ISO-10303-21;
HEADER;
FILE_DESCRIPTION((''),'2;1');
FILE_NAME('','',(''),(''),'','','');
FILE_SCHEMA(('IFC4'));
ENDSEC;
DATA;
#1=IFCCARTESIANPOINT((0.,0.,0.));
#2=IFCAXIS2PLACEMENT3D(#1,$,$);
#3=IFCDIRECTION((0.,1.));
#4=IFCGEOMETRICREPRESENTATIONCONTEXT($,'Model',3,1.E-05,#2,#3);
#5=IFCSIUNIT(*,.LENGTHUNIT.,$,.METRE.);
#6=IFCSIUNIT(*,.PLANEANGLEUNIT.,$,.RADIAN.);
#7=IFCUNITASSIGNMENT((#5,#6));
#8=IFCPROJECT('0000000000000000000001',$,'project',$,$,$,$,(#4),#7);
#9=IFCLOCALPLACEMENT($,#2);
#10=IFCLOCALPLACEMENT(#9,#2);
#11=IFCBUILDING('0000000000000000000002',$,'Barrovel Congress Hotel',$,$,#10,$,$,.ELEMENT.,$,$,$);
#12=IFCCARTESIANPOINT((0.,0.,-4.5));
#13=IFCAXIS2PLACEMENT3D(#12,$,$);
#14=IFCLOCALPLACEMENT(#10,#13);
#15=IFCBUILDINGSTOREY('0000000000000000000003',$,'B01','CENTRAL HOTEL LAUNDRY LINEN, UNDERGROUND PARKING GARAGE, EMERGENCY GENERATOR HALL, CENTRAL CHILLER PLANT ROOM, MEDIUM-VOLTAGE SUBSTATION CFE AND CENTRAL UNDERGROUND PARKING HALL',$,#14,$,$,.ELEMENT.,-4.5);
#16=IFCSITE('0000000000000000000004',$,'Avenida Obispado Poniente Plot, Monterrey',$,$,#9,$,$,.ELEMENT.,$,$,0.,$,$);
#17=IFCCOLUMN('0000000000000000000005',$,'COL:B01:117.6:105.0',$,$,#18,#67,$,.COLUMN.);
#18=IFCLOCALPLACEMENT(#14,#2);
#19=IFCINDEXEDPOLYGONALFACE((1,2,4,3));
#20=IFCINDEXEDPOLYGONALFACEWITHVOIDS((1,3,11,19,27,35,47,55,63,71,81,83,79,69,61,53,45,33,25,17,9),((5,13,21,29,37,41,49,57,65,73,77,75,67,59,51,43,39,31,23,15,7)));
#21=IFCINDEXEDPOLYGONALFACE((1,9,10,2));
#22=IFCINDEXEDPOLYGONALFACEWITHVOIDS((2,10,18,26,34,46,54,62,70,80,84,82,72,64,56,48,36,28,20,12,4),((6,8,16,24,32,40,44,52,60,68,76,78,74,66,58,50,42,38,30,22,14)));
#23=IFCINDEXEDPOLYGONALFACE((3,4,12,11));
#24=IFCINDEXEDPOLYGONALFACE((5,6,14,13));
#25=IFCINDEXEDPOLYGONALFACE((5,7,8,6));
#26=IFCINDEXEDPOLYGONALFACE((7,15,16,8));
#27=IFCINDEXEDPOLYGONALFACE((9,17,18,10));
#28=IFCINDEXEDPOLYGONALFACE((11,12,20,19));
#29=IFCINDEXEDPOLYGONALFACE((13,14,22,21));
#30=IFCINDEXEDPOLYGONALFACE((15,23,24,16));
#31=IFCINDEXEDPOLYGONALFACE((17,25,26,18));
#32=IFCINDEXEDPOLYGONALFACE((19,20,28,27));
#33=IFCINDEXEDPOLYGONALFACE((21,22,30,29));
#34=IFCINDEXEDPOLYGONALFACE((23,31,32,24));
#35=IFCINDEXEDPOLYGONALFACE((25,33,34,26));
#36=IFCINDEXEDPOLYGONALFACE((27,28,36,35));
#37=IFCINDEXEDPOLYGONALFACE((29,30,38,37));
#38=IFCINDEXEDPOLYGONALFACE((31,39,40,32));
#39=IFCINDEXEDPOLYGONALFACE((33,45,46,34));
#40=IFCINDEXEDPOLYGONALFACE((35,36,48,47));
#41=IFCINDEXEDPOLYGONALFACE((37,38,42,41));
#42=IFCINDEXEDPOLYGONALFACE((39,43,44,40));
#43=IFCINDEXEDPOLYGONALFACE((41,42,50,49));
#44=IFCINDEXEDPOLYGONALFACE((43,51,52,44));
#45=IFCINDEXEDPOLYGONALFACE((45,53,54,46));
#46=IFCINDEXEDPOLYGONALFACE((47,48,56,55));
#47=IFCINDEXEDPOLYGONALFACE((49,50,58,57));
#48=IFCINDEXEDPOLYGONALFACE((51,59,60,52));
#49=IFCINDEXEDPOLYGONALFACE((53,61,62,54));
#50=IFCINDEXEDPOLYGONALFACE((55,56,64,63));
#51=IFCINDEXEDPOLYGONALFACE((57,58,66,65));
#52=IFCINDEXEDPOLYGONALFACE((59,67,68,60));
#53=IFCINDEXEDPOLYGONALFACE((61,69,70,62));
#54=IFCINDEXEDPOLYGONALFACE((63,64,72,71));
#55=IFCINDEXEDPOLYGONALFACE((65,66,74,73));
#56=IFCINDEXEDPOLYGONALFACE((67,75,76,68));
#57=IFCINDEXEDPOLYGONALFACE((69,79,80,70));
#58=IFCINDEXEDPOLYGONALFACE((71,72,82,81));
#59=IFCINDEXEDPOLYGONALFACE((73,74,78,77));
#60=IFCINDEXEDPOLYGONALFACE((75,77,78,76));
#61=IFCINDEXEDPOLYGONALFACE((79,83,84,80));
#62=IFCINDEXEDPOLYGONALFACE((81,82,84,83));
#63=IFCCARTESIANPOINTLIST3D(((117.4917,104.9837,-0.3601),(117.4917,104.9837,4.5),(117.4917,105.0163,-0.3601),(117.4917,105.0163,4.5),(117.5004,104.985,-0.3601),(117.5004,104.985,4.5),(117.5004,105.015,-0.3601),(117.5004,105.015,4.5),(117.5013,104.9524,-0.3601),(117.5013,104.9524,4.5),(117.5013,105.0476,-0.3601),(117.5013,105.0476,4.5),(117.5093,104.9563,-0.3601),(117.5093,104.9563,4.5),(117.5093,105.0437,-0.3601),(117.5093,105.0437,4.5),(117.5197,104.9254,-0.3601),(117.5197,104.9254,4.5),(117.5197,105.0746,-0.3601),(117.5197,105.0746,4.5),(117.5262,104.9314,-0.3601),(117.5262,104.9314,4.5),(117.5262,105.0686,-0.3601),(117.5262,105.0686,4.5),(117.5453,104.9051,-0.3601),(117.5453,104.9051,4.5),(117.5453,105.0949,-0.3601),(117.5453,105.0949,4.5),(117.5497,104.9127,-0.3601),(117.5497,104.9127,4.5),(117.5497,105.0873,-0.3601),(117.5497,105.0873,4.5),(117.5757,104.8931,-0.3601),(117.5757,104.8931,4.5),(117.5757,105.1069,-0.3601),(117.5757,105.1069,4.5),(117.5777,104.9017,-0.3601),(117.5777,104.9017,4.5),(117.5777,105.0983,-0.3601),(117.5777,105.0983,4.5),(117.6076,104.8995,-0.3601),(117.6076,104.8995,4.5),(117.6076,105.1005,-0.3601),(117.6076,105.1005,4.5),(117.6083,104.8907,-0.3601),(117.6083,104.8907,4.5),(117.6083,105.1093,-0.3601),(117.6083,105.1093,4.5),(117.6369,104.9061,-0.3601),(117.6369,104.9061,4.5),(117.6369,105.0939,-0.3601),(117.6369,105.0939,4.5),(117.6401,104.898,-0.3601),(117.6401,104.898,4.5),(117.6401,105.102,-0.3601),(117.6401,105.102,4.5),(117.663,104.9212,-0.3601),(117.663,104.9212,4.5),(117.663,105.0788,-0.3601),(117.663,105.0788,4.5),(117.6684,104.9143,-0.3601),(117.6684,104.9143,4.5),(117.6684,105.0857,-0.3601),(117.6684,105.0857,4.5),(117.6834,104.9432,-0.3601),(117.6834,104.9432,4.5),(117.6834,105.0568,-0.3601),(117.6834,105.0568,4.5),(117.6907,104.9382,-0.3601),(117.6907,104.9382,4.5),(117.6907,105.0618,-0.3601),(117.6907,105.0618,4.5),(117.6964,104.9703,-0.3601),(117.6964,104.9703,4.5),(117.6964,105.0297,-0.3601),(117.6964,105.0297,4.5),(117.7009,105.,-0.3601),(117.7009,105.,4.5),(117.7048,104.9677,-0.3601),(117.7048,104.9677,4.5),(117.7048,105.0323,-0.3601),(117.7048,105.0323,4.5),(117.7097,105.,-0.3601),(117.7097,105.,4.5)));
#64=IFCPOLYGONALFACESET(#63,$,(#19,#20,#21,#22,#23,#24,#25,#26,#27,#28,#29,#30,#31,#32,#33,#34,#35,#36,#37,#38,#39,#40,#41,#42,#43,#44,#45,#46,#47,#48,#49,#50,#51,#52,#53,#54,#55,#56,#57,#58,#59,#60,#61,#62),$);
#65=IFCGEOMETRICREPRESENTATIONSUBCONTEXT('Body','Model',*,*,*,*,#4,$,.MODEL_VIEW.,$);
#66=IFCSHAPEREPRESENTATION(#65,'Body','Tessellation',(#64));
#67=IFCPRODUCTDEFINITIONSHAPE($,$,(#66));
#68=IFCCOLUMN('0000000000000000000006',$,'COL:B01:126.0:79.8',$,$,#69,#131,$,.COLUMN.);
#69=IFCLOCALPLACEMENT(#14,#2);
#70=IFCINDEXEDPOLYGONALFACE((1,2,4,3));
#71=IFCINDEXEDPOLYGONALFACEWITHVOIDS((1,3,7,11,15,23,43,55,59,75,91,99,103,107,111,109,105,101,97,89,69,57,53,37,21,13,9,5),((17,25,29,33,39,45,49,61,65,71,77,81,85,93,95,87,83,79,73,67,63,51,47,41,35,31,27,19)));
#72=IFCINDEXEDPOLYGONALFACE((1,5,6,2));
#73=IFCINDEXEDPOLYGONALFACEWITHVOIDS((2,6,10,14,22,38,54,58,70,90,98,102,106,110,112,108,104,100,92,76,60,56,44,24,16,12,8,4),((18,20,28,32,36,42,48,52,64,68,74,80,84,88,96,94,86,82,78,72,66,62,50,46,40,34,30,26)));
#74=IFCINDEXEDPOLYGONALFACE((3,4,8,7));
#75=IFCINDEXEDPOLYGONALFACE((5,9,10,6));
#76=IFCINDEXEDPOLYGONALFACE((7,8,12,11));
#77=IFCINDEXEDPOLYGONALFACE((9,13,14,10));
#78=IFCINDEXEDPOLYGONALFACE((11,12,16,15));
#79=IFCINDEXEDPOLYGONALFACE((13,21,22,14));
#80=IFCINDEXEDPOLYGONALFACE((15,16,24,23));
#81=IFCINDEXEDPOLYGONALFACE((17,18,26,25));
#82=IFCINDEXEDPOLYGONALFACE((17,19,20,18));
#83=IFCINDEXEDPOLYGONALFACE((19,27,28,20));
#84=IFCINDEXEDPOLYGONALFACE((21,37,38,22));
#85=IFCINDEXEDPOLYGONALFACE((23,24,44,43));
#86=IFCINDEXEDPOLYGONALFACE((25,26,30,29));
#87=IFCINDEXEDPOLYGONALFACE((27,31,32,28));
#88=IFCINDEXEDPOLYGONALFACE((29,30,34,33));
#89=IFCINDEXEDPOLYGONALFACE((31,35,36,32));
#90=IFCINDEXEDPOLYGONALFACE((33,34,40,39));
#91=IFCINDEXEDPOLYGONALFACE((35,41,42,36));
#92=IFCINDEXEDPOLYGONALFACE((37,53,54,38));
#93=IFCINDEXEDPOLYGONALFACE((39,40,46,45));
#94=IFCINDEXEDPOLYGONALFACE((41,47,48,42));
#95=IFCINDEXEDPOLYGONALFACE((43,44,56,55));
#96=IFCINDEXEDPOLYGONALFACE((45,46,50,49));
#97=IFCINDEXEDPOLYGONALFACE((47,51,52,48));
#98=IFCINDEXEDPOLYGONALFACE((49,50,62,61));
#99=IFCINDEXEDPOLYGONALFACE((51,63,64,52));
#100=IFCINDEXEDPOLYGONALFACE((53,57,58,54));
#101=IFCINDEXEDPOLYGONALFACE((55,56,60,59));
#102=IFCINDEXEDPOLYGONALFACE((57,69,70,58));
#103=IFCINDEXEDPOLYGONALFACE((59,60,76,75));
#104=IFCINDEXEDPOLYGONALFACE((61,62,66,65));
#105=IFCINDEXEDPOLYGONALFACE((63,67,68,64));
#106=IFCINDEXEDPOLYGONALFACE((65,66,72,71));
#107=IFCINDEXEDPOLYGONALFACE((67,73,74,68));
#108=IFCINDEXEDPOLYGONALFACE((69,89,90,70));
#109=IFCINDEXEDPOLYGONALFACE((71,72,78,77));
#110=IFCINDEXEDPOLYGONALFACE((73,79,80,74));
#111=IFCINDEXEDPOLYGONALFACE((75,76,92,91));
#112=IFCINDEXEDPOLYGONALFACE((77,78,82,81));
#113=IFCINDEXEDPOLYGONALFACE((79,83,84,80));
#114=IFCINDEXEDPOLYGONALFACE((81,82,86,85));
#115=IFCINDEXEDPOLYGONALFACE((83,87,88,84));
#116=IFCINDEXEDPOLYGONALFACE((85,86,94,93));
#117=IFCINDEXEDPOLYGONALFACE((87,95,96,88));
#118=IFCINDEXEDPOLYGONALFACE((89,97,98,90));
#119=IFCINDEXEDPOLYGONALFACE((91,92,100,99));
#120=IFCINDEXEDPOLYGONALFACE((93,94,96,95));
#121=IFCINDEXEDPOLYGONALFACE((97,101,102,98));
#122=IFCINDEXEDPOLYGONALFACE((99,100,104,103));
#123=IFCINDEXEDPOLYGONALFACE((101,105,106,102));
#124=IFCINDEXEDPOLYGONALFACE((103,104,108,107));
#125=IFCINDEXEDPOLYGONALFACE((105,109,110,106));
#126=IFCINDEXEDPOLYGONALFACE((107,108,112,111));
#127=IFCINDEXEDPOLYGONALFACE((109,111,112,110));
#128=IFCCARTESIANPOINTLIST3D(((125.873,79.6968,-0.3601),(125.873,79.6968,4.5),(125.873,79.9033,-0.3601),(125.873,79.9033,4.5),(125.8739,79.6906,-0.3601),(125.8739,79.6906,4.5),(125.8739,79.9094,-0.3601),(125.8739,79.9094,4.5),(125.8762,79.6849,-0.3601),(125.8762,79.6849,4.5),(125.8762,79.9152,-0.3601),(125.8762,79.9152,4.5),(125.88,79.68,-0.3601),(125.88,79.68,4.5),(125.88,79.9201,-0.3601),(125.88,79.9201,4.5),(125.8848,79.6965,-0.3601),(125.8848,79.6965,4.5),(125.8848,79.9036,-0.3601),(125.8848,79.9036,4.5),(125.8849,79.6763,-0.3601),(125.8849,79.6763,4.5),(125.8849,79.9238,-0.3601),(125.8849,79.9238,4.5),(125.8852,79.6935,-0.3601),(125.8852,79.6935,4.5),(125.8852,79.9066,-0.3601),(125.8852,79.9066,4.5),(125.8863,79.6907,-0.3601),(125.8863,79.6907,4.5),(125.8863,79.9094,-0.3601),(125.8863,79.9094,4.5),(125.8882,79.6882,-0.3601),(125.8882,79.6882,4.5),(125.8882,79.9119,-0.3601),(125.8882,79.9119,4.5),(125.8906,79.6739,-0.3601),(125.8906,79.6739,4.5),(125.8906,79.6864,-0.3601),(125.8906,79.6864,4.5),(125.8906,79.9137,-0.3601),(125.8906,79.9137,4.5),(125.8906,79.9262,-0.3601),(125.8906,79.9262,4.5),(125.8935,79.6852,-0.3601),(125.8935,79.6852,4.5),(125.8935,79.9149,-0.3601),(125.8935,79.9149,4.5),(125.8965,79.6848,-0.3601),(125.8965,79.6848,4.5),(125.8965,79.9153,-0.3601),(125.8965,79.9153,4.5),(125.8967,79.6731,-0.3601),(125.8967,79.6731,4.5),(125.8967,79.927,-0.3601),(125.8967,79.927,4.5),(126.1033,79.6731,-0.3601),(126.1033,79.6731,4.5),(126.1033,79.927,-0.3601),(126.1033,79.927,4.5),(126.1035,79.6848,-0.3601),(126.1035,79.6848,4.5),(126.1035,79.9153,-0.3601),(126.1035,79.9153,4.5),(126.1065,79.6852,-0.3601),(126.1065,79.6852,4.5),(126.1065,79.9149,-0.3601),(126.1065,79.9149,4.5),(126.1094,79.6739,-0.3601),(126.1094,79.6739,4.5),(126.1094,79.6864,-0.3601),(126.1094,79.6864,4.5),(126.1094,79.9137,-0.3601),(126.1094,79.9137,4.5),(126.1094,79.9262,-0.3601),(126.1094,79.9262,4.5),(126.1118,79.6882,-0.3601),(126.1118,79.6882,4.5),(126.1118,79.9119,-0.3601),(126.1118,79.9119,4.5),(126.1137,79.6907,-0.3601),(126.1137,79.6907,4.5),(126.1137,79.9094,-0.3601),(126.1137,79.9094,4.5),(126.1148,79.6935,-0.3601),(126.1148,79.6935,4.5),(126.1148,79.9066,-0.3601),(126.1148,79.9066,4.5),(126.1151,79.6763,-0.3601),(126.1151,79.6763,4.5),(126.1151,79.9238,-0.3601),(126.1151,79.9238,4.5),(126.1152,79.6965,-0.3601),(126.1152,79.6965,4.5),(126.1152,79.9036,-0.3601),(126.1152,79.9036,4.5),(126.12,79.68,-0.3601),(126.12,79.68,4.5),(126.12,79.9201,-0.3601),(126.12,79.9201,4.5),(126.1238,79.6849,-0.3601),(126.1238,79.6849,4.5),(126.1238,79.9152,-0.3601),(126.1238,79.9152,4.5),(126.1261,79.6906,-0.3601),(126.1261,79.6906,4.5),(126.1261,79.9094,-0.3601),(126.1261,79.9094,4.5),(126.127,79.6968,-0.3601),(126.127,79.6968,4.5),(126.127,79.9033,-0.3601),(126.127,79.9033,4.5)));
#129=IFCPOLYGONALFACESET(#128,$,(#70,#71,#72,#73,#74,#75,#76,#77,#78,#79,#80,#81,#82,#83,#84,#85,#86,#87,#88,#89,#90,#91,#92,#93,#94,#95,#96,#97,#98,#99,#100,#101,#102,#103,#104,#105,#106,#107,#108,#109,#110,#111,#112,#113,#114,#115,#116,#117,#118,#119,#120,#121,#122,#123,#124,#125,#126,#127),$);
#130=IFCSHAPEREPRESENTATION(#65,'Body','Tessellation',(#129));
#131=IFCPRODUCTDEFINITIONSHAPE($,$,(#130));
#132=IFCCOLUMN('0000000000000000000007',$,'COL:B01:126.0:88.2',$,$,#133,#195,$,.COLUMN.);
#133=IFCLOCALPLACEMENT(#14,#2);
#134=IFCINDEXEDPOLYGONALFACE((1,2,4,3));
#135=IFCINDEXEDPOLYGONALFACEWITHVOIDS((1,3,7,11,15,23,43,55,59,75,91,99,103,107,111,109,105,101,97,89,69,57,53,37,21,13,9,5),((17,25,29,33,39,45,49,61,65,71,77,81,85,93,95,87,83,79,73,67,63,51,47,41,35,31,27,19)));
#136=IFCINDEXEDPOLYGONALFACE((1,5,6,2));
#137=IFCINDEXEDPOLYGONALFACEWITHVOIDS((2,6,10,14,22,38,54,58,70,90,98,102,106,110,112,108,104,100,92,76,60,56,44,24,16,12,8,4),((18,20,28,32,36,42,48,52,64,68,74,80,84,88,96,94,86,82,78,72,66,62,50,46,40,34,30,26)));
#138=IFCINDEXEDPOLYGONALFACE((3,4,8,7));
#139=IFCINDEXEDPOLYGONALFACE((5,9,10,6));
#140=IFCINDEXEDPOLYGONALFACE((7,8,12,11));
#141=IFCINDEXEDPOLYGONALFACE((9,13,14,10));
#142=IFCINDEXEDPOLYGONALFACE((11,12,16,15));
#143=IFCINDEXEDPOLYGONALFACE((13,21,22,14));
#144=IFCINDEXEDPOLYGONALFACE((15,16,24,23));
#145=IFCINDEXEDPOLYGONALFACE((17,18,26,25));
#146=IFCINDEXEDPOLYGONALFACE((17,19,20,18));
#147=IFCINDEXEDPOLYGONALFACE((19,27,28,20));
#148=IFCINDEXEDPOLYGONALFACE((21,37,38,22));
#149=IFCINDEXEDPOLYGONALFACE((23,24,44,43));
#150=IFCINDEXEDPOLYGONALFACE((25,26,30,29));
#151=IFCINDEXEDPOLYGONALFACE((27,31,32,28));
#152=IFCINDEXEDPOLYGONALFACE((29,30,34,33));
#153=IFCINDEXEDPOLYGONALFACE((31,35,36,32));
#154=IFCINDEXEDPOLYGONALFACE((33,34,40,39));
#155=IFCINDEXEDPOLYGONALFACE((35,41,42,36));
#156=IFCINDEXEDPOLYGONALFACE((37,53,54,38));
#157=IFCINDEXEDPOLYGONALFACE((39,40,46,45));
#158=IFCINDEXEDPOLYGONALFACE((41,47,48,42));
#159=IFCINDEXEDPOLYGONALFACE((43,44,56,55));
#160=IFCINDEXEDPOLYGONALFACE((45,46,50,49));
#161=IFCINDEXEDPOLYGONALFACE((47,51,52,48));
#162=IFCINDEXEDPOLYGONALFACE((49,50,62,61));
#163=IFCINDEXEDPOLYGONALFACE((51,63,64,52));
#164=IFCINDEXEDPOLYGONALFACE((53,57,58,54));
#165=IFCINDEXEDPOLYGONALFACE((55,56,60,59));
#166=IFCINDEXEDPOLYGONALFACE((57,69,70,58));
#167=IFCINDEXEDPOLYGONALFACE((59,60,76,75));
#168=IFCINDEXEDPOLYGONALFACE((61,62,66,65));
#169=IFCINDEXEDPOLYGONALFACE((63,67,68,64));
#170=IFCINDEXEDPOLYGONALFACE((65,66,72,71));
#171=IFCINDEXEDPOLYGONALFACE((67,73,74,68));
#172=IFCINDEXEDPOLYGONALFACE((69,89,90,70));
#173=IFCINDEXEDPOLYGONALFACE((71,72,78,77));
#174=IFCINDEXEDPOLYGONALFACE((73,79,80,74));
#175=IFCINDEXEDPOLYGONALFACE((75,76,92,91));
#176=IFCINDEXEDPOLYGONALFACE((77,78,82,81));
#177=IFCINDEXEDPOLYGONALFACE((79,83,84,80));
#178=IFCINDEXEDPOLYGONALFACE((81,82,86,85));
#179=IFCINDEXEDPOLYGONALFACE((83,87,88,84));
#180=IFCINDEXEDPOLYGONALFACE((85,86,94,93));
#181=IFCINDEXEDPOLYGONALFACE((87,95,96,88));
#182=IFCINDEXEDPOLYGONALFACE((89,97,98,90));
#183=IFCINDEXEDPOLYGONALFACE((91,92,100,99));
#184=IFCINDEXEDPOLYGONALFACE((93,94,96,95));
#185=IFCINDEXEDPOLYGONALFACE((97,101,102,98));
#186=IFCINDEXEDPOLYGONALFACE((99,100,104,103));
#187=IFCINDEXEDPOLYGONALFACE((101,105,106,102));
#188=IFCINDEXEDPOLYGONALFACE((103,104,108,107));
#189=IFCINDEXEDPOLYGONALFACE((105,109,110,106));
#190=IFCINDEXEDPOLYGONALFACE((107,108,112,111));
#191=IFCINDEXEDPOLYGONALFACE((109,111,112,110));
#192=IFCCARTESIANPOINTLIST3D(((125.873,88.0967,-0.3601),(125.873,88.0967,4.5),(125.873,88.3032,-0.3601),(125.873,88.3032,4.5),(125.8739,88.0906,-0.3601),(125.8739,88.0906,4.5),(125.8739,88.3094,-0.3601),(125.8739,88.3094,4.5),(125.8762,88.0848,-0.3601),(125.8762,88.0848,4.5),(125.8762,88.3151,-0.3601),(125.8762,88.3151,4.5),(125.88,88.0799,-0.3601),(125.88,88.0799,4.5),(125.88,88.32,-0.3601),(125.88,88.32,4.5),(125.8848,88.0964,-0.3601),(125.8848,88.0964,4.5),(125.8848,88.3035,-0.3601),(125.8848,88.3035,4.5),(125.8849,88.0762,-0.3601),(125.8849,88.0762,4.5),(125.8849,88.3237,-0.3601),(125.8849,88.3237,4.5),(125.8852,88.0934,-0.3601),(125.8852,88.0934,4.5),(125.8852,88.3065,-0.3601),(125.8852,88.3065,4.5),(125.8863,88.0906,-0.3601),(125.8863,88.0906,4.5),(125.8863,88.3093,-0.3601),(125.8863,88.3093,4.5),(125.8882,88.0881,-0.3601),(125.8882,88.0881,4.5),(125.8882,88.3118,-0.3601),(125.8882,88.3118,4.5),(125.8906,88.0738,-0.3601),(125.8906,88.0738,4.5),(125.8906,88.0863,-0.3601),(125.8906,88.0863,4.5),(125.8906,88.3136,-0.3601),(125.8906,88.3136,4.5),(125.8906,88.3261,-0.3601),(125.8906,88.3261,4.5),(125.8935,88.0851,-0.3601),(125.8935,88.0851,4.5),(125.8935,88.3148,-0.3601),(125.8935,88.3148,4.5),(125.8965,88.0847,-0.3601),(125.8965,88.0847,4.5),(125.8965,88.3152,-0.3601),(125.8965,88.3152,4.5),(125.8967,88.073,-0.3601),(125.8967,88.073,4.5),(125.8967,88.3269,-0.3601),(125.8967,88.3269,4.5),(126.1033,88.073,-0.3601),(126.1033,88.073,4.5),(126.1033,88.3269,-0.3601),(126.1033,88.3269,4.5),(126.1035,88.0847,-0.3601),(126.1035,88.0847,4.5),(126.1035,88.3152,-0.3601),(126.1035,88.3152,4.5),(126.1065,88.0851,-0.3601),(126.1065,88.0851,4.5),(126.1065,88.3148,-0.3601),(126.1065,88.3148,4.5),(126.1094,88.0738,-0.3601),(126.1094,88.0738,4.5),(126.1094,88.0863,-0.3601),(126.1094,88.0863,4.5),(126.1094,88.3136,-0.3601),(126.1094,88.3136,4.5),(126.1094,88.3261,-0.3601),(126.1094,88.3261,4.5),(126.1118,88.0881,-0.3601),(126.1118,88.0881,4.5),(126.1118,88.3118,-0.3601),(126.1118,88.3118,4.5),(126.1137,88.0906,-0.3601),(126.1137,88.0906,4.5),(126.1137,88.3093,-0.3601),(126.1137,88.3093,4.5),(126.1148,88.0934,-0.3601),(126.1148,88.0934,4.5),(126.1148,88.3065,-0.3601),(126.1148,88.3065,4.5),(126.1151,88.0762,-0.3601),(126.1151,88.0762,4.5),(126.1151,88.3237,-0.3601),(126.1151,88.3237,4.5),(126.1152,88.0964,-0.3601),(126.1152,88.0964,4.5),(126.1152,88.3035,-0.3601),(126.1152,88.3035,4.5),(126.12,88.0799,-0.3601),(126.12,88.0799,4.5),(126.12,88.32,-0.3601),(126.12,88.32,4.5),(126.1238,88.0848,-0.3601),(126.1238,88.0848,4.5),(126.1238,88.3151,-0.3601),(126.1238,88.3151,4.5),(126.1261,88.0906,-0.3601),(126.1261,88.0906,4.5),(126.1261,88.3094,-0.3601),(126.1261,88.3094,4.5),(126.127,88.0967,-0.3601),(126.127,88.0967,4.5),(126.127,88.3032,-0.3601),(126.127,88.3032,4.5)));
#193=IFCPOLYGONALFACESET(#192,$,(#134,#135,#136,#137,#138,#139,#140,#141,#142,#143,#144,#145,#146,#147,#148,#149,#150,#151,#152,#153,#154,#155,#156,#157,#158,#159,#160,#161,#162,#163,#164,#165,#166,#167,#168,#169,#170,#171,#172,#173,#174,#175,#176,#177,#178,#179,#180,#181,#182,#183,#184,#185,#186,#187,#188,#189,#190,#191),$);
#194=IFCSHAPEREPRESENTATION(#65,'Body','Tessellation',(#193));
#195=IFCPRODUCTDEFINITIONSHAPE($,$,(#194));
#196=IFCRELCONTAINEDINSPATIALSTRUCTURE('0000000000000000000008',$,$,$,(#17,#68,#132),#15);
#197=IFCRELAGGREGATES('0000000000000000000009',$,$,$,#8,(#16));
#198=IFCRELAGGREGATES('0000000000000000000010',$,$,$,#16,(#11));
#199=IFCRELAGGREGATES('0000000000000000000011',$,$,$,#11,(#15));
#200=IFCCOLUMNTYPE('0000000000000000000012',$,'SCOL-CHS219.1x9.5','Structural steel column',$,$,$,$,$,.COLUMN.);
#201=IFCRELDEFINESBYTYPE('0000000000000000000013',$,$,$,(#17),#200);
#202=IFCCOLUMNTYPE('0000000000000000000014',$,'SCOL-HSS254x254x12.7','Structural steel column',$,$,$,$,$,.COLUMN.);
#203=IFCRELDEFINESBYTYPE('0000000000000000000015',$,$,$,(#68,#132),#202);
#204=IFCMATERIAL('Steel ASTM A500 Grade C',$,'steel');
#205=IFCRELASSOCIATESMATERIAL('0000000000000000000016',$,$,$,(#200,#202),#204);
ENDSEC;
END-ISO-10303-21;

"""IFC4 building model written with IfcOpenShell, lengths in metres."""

from ifc_helpers import new_model, si_unit, direction, frame, origin, origin_2d, place, context, subcontext, project, spatial, hollow_rectangle, hollow_circle, extrude, material, material_profile, profile_set, type_object, element, save


model = new_model("IFC4")

# Units and contexts
model_context = context("Model", 3, precision=1e-05, world=origin(), true_north=direction((0.0, 1.0)))
body_context = subcontext(model_context, "Body", "Model", "MODEL_VIEW")
ifc_project = project(units=[si_unit("LENGTHUNIT", "METRE"), si_unit("PLANEANGLEUNIT", "RADIAN")], contexts=[model_context])

# Site, building, storey
site_placement = place(None, origin())
site = spatial("IfcSite", under=ifc_project, at=site_placement, Name="Avenida Obispado Poniente Plot, Monterrey", CompositionType="ELEMENT", RefElevation=0.0)
building_placement = place(site_placement, origin())
building = spatial("IfcBuilding", under=site, at=building_placement, Name="Barrovel Congress Hotel", CompositionType="ELEMENT")
storey_placement = place(building_placement, frame((0.0, 0.0, -4.5)))
storey = spatial("IfcBuildingStorey", under=building, at=storey_placement, Name="B01", Description="CENTRAL HOTEL LAUNDRY LINEN, UNDERGROUND PARKING GARAGE, EMERGENCY GENERATOR HALL, CENTRAL CHILLER PLANT ROOM, MEDIUM-VOLTAGE SUBSTATION CFE AND CENTRAL UNDERGROUND PARKING HALL", CompositionType="ELEMENT", Elevation=-4.5)

# Columns
ifc_material_1 = material(Name="Steel ASTM A500 Grade C", Category="steel")
ifc_material_profile_1 = material_profile(ifc_material_1, hollow_circle(Radius=0.1096, WallThickness=0.0088, at=origin_2d()), Name="CHS219.1x9.5")
ifc_profile_set_1 = profile_set([ifc_material_profile_1], Name="Steel ASTM A500 Grade C")
column_type_1 = type_object("IfcColumnType", Name="SCOL-CHS219.1x9.5", Description="Structural steel column", PredefinedType="COLUMN", material=ifc_profile_set_1)
for number, where, z_axis, x_axis, name in (
    (1, (117.6001, 105.0, -0.3601), (0.0, 0.0, 1.0), (1.0, 0.0, 0.0), "COL:B01:117.6:105.0"),
):
    element("IfcColumn", number, at=place(storey_placement, frame(where, z_axis=z_axis, x_axis=x_axis)), inside=storey, type_object=column_type_1, Name=name, PredefinedType="COLUMN", context=body_context, shape_type="SweptSolid", body=[
        extrude(hollow_circle(Radius=0.1096, WallThickness=0.0088, at=origin_2d()), origin(), (0.0, 0.0, 1.0), 4.8601),
    ])
ifc_material_profile_2 = material_profile(ifc_material_1, hollow_rectangle(XDim=0.2539, YDim=0.2539, WallThickness=0.0117, InnerFilletRadius=0.0117, OuterFilletRadius=0.0237, at=origin_2d()), Name="HSS254x254x12.7")
ifc_profile_set_2 = profile_set([ifc_material_profile_2], Name="Steel ASTM A500 Grade C")
column_type_2 = type_object("IfcColumnType", Name="SCOL-HSS254x254x12.7", Description="Structural steel column", PredefinedType="COLUMN", material=ifc_profile_set_2)
for number, where, z_axis, x_axis, name in (
    (2, (126.0, 79.8, -0.3601), (0.0, 0.0, 1.0), (1.0, 0.0, 0.0), "COL:B01:126.0:79.8"),
    (3, (126.0, 88.2, -0.3601), (0.0, 0.0, 1.0), (1.0, 0.0, 0.0), "COL:B01:126.0:88.2"),
):
    element("IfcColumn", number, at=place(storey_placement, frame(where, z_axis=z_axis, x_axis=x_axis)), inside=storey, type_object=column_type_2, Name=name, PredefinedType="COLUMN", context=body_context, shape_type="SweptSolid", body=[
        extrude(hollow_rectangle(XDim=0.2539, YDim=0.2539, WallThickness=0.0117, InnerFilletRadius=0.0117, OuterFilletRadius=0.0237, at=origin_2d()), origin(), (0.0, 0.0, 1.0), 4.8601),
    ])

save(model, "model.ifc")
